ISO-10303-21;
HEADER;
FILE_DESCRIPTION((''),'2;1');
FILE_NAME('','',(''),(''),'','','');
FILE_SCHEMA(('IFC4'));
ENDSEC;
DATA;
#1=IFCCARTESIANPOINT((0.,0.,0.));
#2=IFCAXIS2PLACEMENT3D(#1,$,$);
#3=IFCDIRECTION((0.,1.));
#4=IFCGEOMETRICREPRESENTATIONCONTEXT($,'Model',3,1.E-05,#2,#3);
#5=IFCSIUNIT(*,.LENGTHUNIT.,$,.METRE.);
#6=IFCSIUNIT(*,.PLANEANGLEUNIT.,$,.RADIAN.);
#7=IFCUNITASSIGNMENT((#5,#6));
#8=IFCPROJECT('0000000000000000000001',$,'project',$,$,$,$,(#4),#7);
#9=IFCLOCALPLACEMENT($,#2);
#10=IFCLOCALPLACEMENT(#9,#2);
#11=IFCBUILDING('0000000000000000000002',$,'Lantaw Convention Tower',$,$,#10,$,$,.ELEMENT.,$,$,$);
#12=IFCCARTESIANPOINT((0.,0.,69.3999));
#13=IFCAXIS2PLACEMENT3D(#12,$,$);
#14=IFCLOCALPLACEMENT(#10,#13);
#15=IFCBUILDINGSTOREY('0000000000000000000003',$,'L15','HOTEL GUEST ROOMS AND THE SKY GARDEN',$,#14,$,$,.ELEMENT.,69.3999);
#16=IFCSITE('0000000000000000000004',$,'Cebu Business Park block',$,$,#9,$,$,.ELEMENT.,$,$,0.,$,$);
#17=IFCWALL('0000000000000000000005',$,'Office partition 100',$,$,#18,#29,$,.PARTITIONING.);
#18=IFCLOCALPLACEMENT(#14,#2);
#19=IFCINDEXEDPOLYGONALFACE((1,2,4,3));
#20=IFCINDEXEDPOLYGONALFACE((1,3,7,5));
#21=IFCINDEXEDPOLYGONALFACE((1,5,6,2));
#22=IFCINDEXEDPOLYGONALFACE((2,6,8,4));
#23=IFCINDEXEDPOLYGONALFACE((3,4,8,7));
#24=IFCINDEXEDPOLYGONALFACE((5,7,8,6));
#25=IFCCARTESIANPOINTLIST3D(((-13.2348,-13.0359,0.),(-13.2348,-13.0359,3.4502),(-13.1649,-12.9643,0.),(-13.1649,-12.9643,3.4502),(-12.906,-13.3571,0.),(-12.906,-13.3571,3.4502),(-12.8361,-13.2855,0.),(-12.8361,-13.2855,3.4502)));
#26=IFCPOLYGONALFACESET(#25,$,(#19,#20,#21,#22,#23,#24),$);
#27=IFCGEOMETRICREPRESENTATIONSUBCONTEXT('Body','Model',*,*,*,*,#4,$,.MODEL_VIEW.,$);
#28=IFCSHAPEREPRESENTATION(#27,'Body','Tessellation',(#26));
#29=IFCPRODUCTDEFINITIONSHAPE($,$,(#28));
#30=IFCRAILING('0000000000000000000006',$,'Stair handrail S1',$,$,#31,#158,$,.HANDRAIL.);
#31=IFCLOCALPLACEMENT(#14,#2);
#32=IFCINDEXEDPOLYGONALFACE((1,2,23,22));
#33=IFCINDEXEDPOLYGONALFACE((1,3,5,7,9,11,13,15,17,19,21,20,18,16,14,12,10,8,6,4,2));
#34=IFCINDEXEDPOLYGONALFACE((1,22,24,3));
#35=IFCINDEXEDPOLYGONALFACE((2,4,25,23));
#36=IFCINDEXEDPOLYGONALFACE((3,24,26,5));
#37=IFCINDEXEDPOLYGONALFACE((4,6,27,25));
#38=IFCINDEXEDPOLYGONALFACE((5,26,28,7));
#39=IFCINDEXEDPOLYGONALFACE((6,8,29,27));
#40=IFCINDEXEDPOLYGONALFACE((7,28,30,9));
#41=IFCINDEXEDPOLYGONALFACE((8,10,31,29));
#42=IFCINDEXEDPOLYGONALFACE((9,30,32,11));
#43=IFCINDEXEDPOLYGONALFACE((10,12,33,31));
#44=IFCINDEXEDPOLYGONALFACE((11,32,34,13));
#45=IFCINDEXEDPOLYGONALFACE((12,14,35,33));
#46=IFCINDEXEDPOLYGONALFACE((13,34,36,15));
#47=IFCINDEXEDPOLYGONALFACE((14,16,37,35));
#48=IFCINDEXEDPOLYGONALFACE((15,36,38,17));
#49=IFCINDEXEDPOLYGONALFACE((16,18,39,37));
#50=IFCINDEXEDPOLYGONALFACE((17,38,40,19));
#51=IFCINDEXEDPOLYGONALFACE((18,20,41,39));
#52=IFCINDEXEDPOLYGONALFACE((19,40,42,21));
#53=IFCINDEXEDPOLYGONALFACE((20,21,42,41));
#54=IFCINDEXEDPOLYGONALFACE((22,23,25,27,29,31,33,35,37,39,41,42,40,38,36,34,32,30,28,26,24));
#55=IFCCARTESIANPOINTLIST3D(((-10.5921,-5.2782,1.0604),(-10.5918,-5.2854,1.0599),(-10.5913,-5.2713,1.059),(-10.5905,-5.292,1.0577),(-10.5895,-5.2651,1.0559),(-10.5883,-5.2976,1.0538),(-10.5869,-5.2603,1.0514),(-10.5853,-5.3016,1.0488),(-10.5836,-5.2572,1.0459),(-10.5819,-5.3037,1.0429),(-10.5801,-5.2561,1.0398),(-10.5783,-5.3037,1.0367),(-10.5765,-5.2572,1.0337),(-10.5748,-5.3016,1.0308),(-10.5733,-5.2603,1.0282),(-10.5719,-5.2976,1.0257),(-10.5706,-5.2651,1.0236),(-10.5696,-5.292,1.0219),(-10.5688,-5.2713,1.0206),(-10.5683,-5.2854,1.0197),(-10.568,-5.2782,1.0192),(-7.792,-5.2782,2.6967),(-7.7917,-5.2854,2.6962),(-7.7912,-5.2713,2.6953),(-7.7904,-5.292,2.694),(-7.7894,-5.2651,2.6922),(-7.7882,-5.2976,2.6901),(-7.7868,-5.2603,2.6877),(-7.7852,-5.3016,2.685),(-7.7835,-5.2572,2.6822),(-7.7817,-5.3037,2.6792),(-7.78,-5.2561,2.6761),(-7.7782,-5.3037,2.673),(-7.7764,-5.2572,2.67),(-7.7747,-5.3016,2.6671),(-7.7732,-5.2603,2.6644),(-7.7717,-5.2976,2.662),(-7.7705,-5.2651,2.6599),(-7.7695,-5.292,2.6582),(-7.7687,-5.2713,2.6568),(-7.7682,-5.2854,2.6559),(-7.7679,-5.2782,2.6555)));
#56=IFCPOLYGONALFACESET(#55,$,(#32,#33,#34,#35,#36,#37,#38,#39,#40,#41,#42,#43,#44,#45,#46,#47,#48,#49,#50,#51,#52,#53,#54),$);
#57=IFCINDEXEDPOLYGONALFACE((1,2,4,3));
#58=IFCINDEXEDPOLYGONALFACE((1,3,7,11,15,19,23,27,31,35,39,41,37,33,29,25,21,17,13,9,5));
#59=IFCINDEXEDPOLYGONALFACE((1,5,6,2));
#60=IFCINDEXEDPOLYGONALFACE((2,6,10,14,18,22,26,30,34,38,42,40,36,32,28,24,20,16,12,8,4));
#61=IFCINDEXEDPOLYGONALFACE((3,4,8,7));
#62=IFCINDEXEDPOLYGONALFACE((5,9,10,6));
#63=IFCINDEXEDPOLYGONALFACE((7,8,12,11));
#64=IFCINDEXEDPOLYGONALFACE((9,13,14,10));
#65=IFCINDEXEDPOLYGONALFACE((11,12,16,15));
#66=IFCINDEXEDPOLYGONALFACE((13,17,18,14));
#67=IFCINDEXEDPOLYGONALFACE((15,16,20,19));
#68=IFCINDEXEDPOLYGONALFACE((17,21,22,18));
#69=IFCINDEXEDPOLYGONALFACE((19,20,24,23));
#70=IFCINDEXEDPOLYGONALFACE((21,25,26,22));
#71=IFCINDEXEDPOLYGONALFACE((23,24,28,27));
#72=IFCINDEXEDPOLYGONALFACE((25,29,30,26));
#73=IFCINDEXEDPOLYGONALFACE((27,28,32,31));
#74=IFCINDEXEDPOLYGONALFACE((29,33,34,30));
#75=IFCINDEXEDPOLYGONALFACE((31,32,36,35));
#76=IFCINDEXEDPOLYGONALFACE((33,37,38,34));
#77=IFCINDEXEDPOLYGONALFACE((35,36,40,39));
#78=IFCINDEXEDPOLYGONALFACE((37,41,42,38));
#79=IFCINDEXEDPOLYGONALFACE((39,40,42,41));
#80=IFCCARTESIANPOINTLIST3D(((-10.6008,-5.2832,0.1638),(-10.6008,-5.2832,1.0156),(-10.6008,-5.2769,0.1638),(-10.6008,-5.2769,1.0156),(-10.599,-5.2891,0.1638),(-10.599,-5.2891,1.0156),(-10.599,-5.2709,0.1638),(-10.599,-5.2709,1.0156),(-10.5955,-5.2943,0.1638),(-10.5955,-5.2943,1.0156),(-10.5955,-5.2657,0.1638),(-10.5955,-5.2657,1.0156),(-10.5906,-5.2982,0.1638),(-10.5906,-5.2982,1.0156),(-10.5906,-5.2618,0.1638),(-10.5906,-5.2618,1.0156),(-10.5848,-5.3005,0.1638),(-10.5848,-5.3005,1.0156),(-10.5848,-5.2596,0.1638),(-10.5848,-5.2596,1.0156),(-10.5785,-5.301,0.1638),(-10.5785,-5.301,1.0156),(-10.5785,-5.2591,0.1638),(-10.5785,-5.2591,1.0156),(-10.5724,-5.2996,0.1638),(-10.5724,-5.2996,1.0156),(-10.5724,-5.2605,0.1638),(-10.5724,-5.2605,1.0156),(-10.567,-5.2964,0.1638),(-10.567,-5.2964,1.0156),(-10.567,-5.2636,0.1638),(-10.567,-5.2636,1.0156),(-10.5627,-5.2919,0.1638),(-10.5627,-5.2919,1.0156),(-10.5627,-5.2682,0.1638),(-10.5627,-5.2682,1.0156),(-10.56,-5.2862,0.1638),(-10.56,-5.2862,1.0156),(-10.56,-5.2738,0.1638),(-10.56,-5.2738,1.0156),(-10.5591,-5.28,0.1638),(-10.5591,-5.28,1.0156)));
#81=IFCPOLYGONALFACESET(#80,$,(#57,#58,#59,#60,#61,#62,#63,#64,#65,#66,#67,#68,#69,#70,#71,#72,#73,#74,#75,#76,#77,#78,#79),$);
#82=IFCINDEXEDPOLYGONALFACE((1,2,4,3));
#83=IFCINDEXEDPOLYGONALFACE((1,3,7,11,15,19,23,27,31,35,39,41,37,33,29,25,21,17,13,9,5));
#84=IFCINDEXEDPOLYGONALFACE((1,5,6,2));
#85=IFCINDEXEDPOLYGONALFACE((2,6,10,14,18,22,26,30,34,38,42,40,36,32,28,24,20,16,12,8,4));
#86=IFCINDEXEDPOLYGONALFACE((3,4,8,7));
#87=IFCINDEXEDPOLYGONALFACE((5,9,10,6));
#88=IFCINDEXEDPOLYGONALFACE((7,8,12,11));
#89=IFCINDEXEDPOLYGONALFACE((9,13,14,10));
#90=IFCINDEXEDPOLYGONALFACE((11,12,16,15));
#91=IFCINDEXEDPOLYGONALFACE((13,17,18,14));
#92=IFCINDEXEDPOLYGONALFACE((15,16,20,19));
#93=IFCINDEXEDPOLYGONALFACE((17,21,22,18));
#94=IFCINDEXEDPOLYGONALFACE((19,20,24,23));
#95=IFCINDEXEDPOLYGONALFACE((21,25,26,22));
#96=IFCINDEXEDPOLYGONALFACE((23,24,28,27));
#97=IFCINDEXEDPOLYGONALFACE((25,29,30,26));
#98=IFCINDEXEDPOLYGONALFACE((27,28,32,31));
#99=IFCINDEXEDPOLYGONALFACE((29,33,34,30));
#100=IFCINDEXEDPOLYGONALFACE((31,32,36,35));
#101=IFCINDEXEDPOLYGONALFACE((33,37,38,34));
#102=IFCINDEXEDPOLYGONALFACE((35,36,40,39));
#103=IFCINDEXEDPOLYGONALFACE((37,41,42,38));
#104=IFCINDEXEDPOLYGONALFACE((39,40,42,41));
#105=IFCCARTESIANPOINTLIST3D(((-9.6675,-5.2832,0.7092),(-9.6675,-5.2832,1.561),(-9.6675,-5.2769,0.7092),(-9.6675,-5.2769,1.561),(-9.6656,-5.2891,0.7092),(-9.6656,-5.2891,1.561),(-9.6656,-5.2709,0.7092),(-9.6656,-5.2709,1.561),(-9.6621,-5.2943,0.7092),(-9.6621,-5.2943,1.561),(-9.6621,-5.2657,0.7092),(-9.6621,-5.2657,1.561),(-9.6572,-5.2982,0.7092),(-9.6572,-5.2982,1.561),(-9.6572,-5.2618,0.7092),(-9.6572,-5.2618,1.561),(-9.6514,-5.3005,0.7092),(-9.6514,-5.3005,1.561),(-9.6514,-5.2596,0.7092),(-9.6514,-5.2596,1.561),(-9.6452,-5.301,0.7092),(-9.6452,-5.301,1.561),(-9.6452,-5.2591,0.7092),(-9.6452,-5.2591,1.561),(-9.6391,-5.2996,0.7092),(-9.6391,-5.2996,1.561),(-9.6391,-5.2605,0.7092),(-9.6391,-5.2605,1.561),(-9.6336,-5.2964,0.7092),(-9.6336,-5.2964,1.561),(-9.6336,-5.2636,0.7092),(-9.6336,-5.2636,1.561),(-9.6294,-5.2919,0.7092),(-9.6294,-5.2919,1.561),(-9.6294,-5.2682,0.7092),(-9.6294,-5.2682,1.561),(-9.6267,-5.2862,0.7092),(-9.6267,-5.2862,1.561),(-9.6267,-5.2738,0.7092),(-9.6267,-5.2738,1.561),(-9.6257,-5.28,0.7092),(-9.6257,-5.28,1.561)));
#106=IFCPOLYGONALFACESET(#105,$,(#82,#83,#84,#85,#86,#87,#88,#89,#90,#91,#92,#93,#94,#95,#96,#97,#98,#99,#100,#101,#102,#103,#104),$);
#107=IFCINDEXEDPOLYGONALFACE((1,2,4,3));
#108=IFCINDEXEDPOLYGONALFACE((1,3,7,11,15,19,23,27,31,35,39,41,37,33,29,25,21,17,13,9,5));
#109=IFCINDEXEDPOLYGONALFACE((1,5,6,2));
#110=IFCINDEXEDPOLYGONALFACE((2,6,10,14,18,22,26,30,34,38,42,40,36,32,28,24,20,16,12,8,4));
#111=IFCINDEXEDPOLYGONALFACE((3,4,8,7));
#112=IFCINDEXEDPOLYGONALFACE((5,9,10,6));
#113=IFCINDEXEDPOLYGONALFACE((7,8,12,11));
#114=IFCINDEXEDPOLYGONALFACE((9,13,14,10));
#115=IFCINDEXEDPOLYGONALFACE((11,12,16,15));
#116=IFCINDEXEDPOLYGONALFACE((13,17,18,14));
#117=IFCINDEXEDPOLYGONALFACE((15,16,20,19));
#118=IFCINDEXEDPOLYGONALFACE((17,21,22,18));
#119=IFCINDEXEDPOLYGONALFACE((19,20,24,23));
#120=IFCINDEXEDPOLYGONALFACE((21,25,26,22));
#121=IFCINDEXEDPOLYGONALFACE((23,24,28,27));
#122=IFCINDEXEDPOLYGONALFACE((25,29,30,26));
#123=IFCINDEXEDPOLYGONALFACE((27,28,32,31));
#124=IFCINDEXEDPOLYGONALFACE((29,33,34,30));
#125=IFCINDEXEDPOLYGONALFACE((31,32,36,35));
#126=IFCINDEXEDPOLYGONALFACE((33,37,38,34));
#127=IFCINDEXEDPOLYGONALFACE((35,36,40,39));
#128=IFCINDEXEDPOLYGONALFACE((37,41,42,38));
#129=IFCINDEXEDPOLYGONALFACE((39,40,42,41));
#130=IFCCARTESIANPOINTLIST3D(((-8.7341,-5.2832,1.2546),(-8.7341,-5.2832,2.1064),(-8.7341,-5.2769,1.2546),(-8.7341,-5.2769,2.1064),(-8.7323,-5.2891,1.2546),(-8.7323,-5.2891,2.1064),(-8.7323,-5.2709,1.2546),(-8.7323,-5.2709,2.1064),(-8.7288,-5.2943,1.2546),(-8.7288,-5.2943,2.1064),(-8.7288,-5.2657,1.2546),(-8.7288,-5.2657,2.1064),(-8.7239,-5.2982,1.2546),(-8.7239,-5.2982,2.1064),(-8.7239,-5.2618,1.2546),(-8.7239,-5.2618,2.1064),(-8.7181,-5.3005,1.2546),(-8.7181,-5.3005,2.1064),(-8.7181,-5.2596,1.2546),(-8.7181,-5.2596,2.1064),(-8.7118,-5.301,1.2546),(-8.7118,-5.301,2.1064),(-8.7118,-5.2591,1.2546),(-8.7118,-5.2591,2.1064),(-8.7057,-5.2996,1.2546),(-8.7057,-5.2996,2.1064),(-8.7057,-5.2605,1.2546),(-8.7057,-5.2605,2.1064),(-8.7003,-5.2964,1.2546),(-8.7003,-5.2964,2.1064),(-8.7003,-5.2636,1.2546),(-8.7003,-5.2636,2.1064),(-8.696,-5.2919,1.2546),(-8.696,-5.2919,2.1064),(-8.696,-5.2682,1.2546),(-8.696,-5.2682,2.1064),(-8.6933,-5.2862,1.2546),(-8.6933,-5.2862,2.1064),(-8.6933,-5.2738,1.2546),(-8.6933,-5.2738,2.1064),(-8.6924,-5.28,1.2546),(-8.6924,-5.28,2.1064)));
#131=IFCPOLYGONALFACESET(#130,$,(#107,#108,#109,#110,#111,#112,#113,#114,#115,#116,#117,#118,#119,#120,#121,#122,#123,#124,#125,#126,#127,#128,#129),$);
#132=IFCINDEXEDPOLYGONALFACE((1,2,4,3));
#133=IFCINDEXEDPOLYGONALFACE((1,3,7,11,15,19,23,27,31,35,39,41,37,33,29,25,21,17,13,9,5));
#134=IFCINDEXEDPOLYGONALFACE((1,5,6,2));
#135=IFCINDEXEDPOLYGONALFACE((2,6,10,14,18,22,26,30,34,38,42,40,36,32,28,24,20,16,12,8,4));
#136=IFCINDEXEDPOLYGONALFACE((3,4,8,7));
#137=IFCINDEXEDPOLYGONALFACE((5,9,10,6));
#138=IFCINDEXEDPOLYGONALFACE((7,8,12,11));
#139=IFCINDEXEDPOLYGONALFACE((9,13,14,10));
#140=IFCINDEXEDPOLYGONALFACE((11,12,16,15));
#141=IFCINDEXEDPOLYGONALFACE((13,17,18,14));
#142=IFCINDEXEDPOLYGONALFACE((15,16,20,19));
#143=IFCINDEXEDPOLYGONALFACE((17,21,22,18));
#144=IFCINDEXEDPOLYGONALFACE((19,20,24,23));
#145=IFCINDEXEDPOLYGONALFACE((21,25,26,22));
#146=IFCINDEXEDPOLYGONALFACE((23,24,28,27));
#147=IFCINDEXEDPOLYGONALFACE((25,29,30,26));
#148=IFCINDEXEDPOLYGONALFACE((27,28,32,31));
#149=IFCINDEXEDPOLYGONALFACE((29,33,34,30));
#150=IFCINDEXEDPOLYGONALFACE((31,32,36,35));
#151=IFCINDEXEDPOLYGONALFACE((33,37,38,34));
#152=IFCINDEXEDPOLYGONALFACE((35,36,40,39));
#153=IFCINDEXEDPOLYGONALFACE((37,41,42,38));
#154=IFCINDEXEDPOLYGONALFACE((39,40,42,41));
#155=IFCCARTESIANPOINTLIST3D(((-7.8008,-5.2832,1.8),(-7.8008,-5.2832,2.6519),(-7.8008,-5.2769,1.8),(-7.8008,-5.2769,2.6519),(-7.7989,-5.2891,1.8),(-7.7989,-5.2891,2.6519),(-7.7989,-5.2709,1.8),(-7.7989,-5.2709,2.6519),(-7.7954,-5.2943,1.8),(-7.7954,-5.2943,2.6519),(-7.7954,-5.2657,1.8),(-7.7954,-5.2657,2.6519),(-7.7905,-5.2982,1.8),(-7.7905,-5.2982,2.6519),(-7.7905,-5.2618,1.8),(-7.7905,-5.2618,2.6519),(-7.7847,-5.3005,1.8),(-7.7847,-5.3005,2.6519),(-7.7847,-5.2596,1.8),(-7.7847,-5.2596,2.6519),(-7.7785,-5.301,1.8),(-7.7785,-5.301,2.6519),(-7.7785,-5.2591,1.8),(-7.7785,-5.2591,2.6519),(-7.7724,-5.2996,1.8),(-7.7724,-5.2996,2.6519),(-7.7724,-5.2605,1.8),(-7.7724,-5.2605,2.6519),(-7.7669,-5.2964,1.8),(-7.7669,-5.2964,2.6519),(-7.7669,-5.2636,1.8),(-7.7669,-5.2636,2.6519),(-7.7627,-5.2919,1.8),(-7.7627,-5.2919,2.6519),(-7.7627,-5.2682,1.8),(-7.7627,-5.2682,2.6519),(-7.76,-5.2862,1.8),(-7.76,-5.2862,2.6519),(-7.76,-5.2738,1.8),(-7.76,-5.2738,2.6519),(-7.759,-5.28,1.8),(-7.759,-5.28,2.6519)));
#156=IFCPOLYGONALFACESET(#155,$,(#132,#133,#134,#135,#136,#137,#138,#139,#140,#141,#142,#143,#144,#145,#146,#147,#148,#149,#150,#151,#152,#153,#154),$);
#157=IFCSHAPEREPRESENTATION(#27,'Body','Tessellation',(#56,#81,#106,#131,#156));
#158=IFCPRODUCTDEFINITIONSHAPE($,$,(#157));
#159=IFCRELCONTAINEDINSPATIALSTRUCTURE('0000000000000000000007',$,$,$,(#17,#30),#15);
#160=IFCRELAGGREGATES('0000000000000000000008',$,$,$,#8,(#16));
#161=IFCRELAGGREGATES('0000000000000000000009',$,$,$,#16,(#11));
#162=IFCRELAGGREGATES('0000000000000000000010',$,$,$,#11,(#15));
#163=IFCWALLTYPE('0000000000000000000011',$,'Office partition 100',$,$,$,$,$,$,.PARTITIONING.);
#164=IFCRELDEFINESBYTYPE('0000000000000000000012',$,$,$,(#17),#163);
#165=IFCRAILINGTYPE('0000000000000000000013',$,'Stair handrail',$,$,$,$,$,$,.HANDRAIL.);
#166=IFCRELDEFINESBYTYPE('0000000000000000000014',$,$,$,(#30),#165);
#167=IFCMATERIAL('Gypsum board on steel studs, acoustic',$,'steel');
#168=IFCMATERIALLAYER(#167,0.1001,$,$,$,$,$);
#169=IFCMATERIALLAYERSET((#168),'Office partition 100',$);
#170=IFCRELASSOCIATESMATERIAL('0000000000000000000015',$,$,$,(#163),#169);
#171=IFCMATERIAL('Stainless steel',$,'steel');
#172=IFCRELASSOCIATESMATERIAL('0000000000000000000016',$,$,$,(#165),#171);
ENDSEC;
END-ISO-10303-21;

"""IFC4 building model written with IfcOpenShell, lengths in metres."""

from ifc_helpers import new_model, si_unit, direction, frame, frame_2d, origin, origin_2d, place, context, subcontext, project, spatial, rectangle, circle, extrude, material, layer, layer_set, type_object, element, save


model = new_model("IFC4")

# Units and contexts
model_context = context("Model", 3, precision=1e-05, world=origin(), true_north=direction((0.0, 1.0)))
body_context = subcontext(model_context, "Body", "Model", "MODEL_VIEW")
ifc_project = project(units=[si_unit("LENGTHUNIT", "METRE"), si_unit("PLANEANGLEUNIT", "RADIAN")], contexts=[model_context])

# Site, building, storey
site_placement = place(None, origin())
site = spatial("IfcSite", under=ifc_project, at=site_placement, Name="Cebu Business Park block", CompositionType="ELEMENT", RefElevation=0.0)
building_placement = place(site_placement, origin())
building = spatial("IfcBuilding", under=site, at=building_placement, Name="Lantaw Convention Tower", CompositionType="ELEMENT")
storey_placement = place(building_placement, frame((0.0, 0.0, 69.3999)))
storey = spatial("IfcBuildingStorey", under=building, at=storey_placement, Name="L15", Description="HOTEL GUEST ROOMS AND THE SKY GARDEN", CompositionType="ELEMENT", Elevation=69.3999)

# Shared definitions
ifc_material_1 = material(Name="Stainless steel", Category="steel")

# Wall
ifc_material_2 = material(Name="Gypsum board on steel studs, acoustic", Category="steel")
ifc_layer_1 = layer(ifc_material_2, 0.1001)
ifc_layer_set_1 = layer_set([ifc_layer_1], Name="Office partition 100")
wall_type_1 = type_object("IfcWallType", Name="Office partition 100", PredefinedType="PARTITIONING", material=ifc_layer_set_1)
wall_1_placement = place(storey_placement, frame((-13.2, -13.0, 0.0), z_axis=(0.0, 0.0, 1.0), x_axis=(0.71529, -0.698828, 0.0)))
element("IfcWall", 1, at=wall_1_placement, inside=storey, type_object=wall_type_1, Name="Office partition 100", PredefinedType="PARTITIONING", context=body_context, shape_type="SweptSolid", body=[
    extrude(rectangle(XDim=0.4597, YDim=0.1001, at=frame_2d((0.23, 0.0))), origin(), (0.0, 0.0, 1.0), 3.4502),
])

# Railing
railing_type = type_object("IfcRailingType", Name="Stair handrail", PredefinedType="HANDRAIL", material=ifc_material_1)
railing_1_placement = place(storey_placement, frame((-10.5801, -5.28, 0.1638)))
element("IfcRailing", 2, at=railing_1_placement, inside=storey, type_object=railing_type, Name="Stair handrail S1", PredefinedType="HANDRAIL", context=body_context, shape_type="SweptSolid", body=[
    extrude(circle(Radius=0.0239, at=origin_2d()), frame((0.0, 0.0, 0.876), z_axis=(0.863394, 0.0, 0.504531), x_axis=(0.0, 1.0, 0.0)), (0.0, 0.0, 1.0), 3.2432),
    extrude(circle(Radius=0.021, at=origin_2d()), origin(), (0.0, 0.0, 1.0), 0.8518),
    extrude(circle(Radius=0.021, at=origin_2d()), frame((0.9333, 0.0, 0.5454)), (0.0, 0.0, 1.0), 0.8518),
    extrude(circle(Radius=0.021, at=origin_2d()), frame((1.8667, 0.0, 1.0908)), (0.0, 0.0, 1.0), 0.8518),
    extrude(circle(Radius=0.021, at=origin_2d()), frame((2.8, 0.0, 1.6362)), (0.0, 0.0, 1.0), 0.8518),
])

save(model, "model.ifc")
